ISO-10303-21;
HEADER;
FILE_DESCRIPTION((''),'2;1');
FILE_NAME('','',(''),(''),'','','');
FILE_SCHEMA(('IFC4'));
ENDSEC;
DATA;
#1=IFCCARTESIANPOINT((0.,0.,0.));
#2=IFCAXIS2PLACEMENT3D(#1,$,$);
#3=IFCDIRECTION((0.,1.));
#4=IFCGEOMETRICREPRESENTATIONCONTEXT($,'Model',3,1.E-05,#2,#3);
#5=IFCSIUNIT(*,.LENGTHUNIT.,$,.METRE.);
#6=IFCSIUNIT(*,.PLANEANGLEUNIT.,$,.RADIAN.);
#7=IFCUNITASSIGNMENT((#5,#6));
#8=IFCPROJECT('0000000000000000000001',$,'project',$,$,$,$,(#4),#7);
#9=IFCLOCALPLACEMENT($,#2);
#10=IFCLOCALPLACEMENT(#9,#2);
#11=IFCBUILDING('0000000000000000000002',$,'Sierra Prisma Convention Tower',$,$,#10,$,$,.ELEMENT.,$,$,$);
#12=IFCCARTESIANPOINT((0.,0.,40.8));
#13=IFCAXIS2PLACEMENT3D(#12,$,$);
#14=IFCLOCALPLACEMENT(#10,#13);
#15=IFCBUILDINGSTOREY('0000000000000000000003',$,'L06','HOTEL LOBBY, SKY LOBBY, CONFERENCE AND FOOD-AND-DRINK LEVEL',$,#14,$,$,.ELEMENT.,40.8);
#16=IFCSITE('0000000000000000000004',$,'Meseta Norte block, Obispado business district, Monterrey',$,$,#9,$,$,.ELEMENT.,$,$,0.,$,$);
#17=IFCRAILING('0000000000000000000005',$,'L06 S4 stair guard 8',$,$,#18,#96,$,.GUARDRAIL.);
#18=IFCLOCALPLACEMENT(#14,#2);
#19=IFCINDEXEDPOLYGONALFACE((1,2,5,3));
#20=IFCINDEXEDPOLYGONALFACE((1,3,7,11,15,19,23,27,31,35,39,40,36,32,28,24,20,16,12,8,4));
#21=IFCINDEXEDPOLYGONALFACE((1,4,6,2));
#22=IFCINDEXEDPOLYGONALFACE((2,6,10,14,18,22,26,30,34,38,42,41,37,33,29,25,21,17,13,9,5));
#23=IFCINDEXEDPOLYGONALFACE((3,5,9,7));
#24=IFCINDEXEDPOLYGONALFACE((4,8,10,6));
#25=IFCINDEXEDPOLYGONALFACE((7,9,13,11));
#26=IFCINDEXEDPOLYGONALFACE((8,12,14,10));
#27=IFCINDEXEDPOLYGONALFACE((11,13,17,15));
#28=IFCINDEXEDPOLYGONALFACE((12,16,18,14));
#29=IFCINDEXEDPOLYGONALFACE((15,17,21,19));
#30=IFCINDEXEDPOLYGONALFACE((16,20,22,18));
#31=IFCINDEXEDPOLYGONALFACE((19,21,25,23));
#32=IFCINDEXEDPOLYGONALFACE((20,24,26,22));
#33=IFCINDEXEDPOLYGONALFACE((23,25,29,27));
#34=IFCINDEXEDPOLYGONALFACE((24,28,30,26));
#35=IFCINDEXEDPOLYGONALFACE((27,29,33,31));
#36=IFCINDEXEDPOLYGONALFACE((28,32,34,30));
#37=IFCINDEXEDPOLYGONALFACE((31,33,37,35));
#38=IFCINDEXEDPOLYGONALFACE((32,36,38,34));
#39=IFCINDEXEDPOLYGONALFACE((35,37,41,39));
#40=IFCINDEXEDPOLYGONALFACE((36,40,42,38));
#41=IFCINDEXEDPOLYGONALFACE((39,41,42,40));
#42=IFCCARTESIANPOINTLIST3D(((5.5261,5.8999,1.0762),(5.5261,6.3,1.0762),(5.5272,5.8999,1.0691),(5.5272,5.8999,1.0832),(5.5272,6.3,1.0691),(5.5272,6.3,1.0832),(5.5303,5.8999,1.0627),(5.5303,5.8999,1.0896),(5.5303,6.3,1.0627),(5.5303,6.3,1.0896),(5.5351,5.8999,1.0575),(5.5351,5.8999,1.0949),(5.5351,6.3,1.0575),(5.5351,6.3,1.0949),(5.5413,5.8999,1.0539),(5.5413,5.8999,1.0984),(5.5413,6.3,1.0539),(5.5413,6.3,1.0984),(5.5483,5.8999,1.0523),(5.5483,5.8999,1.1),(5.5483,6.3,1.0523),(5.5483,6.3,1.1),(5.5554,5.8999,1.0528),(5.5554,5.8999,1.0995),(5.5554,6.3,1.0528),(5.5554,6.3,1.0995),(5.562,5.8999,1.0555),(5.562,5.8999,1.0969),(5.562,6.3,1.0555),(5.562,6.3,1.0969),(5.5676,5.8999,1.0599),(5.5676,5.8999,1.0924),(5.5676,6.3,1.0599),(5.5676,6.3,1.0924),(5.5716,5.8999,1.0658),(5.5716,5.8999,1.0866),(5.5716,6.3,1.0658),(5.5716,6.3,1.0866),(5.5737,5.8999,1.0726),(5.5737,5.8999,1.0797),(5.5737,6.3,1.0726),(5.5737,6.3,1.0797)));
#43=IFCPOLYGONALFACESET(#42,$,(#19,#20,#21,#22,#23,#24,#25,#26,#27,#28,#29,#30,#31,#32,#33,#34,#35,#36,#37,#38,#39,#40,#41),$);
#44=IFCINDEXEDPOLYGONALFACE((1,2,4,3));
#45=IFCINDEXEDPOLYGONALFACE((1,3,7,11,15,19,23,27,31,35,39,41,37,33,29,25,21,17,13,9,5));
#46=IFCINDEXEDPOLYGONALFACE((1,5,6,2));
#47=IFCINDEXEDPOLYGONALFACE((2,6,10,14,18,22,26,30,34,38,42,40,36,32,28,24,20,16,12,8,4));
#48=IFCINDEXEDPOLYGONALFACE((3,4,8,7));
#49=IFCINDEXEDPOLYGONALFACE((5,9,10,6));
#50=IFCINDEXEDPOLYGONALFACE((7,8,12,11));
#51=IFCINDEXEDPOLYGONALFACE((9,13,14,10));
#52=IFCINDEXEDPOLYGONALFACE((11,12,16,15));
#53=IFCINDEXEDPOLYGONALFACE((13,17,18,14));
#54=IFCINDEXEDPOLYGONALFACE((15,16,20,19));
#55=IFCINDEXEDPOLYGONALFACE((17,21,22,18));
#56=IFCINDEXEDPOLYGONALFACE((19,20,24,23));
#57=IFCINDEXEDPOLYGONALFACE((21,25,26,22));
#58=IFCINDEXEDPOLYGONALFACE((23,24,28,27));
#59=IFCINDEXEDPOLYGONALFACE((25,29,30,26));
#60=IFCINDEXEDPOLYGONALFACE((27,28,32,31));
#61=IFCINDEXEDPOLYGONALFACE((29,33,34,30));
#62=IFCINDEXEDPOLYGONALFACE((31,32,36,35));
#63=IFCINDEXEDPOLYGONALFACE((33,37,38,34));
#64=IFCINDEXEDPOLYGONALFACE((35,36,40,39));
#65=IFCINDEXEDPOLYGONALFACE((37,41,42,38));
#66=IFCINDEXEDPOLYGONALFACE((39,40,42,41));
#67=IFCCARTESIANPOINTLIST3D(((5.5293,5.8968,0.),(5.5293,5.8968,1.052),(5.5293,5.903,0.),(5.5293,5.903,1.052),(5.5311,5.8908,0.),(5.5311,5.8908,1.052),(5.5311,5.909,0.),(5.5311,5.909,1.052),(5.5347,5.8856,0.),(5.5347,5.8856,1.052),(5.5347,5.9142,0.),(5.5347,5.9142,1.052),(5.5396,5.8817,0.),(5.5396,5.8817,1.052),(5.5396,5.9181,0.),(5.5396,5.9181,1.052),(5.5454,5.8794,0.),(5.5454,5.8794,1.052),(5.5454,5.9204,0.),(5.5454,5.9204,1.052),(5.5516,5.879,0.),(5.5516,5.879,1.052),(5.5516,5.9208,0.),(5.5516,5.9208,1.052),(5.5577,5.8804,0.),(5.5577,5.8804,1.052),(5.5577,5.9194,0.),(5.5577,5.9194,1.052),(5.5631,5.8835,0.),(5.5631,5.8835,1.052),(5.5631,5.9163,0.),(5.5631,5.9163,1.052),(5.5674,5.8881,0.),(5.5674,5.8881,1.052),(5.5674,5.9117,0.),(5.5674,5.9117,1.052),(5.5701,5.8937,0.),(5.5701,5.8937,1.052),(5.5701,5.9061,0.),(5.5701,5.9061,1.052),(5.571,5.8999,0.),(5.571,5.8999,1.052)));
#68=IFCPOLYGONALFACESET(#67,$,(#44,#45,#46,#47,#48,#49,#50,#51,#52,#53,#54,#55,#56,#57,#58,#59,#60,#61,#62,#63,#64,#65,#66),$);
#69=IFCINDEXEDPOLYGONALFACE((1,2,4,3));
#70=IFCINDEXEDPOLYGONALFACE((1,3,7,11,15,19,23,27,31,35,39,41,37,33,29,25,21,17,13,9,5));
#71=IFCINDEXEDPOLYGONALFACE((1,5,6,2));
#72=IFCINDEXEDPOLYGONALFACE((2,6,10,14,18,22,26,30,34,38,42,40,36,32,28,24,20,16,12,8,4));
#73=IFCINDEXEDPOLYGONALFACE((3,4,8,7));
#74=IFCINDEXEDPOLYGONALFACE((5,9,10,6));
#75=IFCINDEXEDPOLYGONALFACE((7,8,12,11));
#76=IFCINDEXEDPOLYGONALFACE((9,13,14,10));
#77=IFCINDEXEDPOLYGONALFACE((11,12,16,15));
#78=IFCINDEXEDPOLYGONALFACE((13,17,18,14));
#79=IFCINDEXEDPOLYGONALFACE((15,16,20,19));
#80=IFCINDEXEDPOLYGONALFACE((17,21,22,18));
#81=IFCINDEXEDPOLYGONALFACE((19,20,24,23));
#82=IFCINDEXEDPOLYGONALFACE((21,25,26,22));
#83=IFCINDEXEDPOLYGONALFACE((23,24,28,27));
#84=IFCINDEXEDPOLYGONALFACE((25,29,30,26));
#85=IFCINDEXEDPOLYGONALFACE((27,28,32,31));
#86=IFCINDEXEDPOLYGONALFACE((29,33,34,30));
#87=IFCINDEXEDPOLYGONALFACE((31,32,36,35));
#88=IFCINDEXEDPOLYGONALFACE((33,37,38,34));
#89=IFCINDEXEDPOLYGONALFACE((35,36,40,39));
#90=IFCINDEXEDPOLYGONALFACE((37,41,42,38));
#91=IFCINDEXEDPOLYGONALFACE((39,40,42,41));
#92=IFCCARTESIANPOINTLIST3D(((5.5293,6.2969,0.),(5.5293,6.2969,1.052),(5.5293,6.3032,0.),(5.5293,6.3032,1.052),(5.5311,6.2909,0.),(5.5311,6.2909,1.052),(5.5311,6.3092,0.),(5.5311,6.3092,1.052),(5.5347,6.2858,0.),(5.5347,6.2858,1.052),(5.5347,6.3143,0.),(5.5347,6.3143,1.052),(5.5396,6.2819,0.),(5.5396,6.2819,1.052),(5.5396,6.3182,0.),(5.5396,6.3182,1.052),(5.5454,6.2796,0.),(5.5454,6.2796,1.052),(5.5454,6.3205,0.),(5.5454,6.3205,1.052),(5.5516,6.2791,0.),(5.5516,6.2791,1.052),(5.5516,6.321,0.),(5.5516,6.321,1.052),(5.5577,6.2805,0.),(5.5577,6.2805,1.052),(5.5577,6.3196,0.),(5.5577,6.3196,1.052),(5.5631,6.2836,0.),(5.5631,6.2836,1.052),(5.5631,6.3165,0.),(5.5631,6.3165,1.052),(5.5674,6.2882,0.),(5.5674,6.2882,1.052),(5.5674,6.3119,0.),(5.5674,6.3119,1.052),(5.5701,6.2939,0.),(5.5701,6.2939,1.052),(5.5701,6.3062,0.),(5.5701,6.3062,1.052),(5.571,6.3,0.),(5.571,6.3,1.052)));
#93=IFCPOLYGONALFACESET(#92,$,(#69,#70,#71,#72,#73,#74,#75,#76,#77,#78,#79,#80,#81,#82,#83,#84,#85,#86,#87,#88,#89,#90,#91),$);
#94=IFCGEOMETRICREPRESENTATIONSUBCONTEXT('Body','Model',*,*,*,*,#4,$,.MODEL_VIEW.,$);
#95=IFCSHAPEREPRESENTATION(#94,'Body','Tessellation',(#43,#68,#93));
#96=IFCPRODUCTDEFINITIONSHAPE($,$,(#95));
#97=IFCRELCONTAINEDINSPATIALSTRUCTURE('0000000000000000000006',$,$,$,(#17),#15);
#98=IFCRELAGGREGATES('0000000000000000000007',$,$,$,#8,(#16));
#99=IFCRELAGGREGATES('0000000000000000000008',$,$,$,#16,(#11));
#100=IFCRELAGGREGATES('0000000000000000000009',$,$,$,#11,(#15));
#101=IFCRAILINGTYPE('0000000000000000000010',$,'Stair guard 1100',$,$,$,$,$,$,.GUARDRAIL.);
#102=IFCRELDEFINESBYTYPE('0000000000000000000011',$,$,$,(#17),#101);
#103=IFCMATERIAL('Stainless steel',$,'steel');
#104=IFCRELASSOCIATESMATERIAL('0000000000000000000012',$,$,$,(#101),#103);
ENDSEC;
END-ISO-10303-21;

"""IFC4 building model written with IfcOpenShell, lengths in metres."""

from ifc_helpers import new_model, si_unit, direction, frame, origin, origin_2d, place, context, subcontext, project, spatial, circle, extrude, material, type_object, element, save


model = new_model("IFC4")

# Units and contexts
model_context = context("Model", 3, precision=1e-05, world=origin(), true_north=direction((0.0, 1.0)))
body_context = subcontext(model_context, "Body", "Model", "MODEL_VIEW")
ifc_project = project(units=[si_unit("LENGTHUNIT", "METRE"), si_unit("PLANEANGLEUNIT", "RADIAN")], contexts=[model_context])

# Site, building, storey
site_placement = place(None, origin())
site = spatial("IfcSite", under=ifc_project, at=site_placement, Name="Meseta Norte block, Obispado business district, Monterrey", CompositionType="ELEMENT", RefElevation=0.0)
building_placement = place(site_placement, origin())
building = spatial("IfcBuilding", under=site, at=building_placement, Name="Sierra Prisma Convention Tower", CompositionType="ELEMENT")
storey_placement = place(building_placement, frame((0.0, 0.0, 40.8)))
storey = spatial("IfcBuildingStorey", under=building, at=storey_placement, Name="L06", Description="HOTEL LOBBY, SKY LOBBY, CONFERENCE AND FOOD-AND-DRINK LEVEL", CompositionType="ELEMENT", Elevation=40.8)

# Railing
ifc_material_1 = material(Name="Stainless steel", Category="steel")
railing_type_1 = type_object("IfcRailingType", Name="Stair guard 1100", PredefinedType="GUARDRAIL", material=ifc_material_1)
railing_1_placement = place(storey_placement, frame((5.55, 5.8999, 0.0)))
element("IfcRailing", 1, at=railing_1_placement, inside=storey, type_object=railing_type_1, Name="L06 S4 stair guard 8", PredefinedType="GUARDRAIL", context=body_context, shape_type="SweptSolid", body=[
    extrude(circle(Radius=0.0239, at=origin_2d()), frame((0.0, 0.0, 1.0762), z_axis=(0.0, 1.0, 0.0), x_axis=(-1.0, 0.0, 0.0)), (0.0, 0.0, 1.0), 0.4001),
    extrude(circle(Radius=0.021, at=origin_2d()), origin(), (0.0, 0.0, 1.0), 1.052),
    extrude(circle(Radius=0.021, at=origin_2d()), frame((0.0, 0.4001, 0.0)), (0.0, 0.0, 1.0), 1.052),
])

save(model, "model.ifc")
